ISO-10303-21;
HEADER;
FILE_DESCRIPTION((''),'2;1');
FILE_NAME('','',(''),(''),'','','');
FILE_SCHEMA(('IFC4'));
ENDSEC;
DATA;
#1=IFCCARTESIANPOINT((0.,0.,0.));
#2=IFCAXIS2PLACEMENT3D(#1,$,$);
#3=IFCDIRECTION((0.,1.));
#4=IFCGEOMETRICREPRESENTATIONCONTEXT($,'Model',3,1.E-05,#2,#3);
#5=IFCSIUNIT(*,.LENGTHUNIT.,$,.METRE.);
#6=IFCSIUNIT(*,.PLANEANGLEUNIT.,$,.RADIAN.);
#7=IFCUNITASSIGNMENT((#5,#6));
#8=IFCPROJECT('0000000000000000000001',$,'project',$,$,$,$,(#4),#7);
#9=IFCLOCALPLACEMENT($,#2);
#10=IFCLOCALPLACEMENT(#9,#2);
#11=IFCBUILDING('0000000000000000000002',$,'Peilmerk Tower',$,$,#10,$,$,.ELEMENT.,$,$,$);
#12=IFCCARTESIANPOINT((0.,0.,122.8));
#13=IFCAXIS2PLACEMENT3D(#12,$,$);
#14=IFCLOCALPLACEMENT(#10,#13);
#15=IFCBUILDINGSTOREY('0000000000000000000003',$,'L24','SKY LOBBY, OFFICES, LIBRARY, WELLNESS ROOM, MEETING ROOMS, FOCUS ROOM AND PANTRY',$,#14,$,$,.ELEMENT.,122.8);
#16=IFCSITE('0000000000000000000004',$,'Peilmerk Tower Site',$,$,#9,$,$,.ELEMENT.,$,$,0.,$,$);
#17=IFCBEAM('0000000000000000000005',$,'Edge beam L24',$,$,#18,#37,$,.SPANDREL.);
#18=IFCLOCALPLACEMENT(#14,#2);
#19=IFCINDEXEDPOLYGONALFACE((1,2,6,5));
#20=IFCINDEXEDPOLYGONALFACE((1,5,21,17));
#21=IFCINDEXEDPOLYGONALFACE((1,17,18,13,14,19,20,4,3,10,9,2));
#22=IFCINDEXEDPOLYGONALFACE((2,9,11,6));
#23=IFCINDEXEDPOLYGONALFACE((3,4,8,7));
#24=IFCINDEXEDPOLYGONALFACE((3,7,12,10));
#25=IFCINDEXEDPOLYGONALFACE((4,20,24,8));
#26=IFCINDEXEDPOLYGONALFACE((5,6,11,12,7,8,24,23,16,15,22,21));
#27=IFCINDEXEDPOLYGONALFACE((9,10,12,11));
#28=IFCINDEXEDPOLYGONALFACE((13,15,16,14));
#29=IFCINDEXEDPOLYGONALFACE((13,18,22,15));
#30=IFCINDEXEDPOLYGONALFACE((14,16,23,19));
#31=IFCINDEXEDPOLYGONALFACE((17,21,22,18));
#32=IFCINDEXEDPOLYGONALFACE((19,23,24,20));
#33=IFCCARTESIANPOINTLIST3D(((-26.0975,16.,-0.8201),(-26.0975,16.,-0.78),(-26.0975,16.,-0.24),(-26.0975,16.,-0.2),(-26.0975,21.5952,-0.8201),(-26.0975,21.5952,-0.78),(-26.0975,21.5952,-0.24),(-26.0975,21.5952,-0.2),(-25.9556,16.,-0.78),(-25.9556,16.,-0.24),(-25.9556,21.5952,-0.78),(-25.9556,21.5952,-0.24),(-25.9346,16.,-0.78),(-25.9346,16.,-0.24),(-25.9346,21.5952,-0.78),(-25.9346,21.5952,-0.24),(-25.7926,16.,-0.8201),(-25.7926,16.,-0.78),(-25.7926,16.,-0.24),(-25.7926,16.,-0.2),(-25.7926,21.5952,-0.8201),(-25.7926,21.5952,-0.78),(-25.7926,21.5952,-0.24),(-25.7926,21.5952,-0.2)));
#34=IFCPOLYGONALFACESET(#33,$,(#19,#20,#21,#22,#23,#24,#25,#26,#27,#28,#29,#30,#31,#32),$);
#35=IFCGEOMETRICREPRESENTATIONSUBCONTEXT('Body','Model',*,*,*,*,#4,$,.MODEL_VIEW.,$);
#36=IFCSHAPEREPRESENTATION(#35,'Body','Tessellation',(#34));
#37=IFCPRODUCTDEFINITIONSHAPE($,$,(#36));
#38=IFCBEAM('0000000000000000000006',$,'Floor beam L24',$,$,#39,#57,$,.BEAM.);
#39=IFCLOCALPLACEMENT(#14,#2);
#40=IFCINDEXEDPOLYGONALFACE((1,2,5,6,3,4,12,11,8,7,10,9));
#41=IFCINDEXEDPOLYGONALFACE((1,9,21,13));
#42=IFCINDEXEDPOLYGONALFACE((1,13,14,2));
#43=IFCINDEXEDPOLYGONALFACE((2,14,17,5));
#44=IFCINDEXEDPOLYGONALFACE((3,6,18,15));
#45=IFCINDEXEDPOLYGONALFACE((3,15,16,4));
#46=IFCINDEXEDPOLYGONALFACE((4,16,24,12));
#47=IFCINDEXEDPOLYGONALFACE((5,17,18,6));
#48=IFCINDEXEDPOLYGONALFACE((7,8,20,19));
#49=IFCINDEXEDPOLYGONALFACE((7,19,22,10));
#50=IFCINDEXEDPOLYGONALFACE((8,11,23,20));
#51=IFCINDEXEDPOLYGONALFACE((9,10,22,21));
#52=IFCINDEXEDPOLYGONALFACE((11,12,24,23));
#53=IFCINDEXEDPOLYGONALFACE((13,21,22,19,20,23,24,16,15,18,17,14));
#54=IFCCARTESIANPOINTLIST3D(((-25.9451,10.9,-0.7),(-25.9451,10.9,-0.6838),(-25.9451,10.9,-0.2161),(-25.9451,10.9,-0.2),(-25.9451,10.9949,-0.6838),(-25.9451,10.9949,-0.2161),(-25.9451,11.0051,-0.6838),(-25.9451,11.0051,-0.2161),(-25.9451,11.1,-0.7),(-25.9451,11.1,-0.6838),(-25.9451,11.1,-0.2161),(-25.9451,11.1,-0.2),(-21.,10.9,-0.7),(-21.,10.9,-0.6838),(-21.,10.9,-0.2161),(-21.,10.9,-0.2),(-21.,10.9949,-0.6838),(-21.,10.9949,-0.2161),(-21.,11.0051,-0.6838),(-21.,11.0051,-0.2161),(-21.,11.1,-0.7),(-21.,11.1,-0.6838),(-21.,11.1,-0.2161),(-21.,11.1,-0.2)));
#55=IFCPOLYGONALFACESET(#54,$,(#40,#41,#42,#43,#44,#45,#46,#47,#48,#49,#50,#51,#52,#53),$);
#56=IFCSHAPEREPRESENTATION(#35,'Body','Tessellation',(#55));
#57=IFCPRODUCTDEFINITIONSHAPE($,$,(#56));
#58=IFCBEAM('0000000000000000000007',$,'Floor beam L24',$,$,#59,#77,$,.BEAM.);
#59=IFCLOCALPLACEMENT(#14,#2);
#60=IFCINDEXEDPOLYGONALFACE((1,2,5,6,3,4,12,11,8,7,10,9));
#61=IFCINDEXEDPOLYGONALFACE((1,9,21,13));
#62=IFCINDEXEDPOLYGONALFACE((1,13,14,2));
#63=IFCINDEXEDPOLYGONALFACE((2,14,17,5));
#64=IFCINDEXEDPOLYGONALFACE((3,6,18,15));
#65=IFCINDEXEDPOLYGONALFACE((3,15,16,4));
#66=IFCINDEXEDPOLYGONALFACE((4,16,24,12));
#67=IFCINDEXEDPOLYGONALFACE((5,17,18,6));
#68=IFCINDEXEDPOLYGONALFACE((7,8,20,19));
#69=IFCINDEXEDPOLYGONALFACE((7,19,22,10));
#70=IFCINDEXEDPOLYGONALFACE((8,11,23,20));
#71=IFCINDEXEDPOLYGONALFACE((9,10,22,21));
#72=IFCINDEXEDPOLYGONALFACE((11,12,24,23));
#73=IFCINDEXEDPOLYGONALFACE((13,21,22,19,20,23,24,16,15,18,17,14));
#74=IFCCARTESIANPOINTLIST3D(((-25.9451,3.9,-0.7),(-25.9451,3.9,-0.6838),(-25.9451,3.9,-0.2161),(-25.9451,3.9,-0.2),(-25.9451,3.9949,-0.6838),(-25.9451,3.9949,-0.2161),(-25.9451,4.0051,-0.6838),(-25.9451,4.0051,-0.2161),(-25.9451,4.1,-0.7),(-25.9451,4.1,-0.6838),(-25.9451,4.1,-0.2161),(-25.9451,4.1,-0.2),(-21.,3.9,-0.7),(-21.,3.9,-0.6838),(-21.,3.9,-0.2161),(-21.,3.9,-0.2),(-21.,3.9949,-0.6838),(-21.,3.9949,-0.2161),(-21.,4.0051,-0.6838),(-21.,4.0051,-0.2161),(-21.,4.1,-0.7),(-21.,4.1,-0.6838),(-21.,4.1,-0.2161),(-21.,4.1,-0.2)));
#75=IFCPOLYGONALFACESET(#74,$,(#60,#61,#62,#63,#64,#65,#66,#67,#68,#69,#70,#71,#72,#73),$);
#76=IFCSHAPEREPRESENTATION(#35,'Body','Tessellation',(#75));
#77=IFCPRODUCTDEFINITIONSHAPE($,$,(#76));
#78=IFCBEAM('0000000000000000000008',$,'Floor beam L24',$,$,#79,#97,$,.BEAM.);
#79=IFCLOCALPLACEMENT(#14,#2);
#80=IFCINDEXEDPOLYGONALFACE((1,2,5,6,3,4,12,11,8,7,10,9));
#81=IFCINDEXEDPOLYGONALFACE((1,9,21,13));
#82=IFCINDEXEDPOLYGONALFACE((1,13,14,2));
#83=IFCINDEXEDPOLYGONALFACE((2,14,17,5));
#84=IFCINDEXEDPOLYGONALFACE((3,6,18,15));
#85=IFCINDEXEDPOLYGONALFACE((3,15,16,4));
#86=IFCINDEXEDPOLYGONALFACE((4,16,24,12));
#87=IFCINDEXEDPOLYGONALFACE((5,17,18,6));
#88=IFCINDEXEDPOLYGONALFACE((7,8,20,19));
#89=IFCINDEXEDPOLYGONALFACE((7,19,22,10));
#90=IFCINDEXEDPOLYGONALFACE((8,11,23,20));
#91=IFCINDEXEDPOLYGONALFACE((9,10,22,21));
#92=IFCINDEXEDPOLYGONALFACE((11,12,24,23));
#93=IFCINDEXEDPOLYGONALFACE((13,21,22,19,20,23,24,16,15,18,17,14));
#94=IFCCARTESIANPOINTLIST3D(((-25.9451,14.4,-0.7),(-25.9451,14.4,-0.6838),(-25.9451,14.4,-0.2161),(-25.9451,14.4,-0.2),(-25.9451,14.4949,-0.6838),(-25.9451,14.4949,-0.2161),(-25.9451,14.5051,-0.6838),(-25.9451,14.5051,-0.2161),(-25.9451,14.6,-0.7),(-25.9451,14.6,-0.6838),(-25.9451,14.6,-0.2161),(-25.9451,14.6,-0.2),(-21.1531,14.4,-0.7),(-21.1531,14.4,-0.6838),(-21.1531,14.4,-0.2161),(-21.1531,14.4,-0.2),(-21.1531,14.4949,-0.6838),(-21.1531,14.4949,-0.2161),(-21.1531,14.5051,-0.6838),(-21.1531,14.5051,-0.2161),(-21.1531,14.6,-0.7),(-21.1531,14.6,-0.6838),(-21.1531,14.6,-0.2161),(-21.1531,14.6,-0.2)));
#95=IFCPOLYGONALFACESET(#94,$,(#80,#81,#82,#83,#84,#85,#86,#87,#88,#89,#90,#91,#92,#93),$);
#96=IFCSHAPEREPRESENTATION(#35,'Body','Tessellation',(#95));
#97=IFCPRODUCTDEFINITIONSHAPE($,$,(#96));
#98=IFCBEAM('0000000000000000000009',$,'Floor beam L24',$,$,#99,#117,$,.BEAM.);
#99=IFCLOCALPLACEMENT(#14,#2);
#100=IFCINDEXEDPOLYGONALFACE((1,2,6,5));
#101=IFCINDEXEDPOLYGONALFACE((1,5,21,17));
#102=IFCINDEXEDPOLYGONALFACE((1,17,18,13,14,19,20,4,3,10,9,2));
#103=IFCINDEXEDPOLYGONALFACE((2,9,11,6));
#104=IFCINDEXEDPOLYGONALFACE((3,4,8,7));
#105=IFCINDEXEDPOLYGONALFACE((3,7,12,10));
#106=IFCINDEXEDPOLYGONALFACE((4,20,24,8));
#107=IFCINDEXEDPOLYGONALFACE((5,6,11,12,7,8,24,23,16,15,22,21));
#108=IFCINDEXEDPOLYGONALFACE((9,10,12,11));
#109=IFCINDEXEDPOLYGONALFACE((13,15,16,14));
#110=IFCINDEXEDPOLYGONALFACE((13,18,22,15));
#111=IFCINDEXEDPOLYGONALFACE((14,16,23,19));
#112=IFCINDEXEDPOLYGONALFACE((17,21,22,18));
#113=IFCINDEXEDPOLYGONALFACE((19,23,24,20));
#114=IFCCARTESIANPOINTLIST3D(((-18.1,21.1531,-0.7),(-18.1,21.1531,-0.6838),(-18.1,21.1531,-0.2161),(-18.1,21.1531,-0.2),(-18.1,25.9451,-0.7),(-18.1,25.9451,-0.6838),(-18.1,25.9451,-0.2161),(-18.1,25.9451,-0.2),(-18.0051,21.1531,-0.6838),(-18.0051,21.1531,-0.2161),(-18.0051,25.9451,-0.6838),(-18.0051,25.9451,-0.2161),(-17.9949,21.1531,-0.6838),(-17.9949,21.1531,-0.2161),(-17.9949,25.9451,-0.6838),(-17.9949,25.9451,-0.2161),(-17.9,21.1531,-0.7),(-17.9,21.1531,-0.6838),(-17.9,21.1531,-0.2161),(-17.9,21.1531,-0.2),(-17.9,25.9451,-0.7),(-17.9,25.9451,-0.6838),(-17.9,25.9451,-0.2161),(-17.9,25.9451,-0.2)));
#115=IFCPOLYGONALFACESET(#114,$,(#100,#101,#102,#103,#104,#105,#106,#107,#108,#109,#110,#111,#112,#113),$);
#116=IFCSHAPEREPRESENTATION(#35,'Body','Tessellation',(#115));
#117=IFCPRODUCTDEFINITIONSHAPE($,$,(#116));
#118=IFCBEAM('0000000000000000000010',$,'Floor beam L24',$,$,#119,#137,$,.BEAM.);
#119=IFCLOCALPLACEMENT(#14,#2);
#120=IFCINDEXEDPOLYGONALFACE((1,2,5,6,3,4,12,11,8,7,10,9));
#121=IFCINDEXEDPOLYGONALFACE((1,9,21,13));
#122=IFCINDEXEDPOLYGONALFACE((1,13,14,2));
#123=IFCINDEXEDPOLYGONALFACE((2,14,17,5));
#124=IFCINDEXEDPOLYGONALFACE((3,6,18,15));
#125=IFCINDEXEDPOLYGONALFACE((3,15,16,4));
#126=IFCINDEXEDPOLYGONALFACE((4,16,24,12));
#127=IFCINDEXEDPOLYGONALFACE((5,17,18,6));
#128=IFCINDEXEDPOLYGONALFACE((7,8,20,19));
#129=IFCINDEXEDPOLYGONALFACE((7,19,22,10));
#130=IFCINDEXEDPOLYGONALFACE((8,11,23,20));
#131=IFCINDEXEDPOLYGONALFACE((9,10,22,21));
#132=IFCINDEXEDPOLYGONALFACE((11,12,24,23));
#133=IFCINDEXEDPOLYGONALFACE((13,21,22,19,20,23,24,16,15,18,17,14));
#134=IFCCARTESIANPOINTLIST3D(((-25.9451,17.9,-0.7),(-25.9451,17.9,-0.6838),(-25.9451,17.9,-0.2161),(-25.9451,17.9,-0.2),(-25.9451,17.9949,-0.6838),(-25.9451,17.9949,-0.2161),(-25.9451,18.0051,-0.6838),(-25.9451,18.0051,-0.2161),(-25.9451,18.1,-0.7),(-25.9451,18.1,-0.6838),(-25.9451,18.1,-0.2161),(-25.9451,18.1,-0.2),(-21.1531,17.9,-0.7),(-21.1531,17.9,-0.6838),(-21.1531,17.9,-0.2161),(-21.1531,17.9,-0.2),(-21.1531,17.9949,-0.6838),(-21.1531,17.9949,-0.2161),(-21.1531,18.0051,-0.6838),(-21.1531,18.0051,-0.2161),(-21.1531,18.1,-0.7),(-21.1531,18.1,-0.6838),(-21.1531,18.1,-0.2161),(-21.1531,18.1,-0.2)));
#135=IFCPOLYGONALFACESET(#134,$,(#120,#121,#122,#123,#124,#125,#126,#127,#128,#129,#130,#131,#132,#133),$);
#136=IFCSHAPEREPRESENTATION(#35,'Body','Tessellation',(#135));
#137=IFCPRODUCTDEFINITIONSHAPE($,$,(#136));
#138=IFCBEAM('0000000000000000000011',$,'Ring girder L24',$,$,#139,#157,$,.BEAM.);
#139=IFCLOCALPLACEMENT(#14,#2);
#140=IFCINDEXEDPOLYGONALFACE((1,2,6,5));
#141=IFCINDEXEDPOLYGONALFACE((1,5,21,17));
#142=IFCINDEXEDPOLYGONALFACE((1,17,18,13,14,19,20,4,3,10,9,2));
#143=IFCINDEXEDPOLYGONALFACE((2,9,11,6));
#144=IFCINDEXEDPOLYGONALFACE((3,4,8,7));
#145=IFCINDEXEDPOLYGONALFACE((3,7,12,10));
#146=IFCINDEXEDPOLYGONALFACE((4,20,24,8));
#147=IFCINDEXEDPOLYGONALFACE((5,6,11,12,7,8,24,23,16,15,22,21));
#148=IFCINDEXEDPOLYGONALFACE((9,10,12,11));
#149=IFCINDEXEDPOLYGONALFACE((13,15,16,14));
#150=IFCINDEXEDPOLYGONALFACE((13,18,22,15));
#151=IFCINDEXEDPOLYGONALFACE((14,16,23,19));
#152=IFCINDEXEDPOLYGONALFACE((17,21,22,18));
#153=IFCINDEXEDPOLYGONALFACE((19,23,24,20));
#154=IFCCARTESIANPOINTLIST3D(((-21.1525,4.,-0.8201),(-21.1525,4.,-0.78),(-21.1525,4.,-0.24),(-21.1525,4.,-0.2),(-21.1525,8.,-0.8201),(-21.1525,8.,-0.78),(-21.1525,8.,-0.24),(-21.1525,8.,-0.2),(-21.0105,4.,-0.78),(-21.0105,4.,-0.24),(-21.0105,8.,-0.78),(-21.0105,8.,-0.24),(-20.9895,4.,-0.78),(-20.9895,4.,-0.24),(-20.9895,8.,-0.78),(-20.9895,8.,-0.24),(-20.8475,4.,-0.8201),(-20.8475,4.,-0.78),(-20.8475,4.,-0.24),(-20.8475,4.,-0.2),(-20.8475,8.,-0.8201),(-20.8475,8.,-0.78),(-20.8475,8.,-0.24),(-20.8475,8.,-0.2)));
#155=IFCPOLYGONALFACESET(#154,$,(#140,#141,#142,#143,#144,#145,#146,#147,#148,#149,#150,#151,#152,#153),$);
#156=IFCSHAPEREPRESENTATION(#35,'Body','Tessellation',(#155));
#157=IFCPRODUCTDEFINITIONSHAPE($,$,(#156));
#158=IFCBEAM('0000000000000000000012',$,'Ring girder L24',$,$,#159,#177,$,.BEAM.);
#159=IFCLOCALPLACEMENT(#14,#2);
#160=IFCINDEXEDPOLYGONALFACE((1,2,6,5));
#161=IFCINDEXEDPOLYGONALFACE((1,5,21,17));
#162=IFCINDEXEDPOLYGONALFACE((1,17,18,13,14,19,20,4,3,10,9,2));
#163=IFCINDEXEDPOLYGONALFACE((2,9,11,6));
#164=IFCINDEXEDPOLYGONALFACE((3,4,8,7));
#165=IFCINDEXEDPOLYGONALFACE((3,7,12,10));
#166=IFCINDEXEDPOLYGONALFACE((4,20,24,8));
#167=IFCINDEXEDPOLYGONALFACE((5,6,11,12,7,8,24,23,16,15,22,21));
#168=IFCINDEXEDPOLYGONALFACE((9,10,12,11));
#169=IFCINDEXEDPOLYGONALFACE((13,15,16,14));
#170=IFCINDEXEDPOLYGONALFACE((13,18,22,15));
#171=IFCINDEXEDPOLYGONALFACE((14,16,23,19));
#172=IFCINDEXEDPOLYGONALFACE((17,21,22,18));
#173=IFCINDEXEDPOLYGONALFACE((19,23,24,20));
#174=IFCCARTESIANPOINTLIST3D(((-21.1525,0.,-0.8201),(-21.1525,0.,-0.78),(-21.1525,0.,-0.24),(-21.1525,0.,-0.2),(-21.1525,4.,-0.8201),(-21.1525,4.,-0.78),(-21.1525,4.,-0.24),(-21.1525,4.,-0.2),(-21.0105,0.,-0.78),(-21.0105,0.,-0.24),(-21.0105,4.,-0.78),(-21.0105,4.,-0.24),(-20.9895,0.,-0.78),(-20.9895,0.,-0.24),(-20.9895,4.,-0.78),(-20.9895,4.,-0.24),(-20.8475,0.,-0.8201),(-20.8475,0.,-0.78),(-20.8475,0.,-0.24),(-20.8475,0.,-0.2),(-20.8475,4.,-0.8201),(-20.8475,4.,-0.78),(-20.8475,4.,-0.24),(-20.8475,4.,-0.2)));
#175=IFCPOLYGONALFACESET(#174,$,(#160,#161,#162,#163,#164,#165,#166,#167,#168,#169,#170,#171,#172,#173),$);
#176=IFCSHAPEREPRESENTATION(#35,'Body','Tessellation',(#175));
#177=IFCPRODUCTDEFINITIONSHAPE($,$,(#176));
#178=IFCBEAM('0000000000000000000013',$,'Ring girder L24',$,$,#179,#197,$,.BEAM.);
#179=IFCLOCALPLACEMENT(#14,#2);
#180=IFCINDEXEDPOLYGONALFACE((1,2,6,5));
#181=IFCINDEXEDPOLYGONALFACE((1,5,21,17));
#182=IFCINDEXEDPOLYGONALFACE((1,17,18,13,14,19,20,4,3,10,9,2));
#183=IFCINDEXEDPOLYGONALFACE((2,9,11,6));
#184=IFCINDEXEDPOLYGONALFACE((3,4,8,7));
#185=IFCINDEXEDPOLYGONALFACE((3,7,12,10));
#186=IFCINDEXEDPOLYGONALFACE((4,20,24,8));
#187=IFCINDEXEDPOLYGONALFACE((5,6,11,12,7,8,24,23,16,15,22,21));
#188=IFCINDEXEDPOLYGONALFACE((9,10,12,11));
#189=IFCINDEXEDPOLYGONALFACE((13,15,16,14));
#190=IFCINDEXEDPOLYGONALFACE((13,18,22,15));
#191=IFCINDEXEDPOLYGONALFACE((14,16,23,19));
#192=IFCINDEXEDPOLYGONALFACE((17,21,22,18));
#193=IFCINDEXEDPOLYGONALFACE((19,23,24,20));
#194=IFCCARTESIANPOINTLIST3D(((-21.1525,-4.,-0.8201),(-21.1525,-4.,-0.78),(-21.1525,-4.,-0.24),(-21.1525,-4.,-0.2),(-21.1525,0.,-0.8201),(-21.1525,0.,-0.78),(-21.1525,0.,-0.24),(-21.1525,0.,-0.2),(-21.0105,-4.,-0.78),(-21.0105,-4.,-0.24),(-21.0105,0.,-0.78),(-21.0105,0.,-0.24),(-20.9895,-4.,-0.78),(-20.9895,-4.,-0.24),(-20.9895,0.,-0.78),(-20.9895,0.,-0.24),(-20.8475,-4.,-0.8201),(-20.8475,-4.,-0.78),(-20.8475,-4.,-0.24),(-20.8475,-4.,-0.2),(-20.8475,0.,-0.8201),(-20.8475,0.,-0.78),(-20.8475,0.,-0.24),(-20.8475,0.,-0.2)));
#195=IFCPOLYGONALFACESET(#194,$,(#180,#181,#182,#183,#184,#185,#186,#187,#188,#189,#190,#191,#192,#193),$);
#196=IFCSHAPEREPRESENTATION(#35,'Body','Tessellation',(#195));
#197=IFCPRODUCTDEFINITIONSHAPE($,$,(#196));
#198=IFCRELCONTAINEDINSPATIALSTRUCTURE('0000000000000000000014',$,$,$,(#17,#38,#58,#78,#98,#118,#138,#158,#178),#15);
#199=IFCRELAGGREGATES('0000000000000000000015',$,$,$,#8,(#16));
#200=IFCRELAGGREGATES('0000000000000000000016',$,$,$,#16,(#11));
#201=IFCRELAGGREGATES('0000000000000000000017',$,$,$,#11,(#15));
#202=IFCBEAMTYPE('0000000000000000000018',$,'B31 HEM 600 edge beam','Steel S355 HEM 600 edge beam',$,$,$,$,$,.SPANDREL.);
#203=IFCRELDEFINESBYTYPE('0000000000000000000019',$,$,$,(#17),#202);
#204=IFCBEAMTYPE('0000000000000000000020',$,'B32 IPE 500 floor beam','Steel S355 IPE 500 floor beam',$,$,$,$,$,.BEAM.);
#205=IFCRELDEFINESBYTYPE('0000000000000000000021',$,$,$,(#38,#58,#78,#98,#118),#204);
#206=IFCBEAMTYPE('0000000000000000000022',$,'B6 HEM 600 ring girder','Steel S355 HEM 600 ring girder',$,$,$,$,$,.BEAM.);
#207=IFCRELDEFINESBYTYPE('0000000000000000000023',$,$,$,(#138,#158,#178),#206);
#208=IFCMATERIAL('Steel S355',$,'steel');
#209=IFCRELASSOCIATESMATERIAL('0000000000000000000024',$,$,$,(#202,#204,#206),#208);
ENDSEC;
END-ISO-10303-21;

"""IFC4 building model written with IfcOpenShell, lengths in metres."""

from ifc_helpers import new_model, si_unit, direction, frame, origin, origin_2d, place, context, subcontext, project, spatial, i_section, extrude, material, material_profile, profile_set, type_object, element, save


model = new_model("IFC4")

# Units and contexts
model_context = context("Model", 3, precision=1e-05, world=origin(), true_north=direction((0.0, 1.0)))
body_context = subcontext(model_context, "Body", "Model", "MODEL_VIEW")
ifc_project = project(units=[si_unit("LENGTHUNIT", "METRE"), si_unit("PLANEANGLEUNIT", "RADIAN")], contexts=[model_context])

# Site, building, storey
site_placement = place(None, origin())
site = spatial("IfcSite", under=ifc_project, at=site_placement, Name="Peilmerk Tower Site", CompositionType="ELEMENT", RefElevation=0.0)
building_placement = place(site_placement, origin())
building = spatial("IfcBuilding", under=site, at=building_placement, Name="Peilmerk Tower", CompositionType="ELEMENT")
storey_placement = place(building_placement, frame((0.0, 0.0, 122.8)))
storey = spatial("IfcBuildingStorey", under=building, at=storey_placement, Name="L24", Description="SKY LOBBY, OFFICES, LIBRARY, WELLNESS ROOM, MEETING ROOMS, FOCUS ROOM AND PANTRY", CompositionType="ELEMENT", Elevation=122.8)

# Beams
ifc_material_1 = material(Name="Steel S355", Category="steel")
ifc_material_profile_1 = material_profile(ifc_material_1, i_section(OverallWidth=0.3049, OverallDepth=0.6201, WebThickness=0.021, FlangeThickness=0.04, at=origin_2d()), Name="HEM 600")
ifc_profile_set_1 = profile_set([ifc_material_profile_1], Name="Steel S355")
beam_type_1 = type_object("IfcBeamType", Name="B31 HEM 600 edge beam", Description="Steel S355 HEM 600 edge beam", PredefinedType="SPANDREL", material=ifc_profile_set_1)
beam_1_placement = place(storey_placement, frame((-25.9451, 21.5952, -0.51), z_axis=(0.0, -1.0, 0.0), x_axis=(1.0, 0.0, 0.0)))
element("IfcBeam", 1, at=beam_1_placement, inside=storey, type_object=beam_type_1, Name="Edge beam L24", PredefinedType="SPANDREL", context=body_context, shape_type="SweptSolid", body=[
    extrude(i_section(OverallWidth=0.3049, OverallDepth=0.6201, WebThickness=0.021, FlangeThickness=0.04, at=origin_2d()), origin(), (0.0, 0.0, 1.0), 5.5952),
])
ifc_material_profile_2 = material_profile(ifc_material_1, i_section(OverallWidth=0.2, OverallDepth=0.5, WebThickness=0.0103, FlangeThickness=0.0161, at=origin_2d()), Name="IPE 500")
ifc_profile_set_2 = profile_set([ifc_material_profile_2], Name="Steel S355")
beam_type_2 = type_object("IfcBeamType", Name="B32 IPE 500 floor beam", Description="Steel S355 IPE 500 floor beam", PredefinedType="BEAM", material=ifc_profile_set_2)
for number, where, z_axis, x_axis, name in (
    (2, (-21.0, 11.0, -0.45), (-1.0, 0.0, 0.0), (0.0, -1.0, 0.0), "Floor beam L24"),
    (3, (-21.0, 4.0, -0.45), (-1.0, 0.0, 0.0), (0.0, -1.0, 0.0), "Floor beam L24"),
):
    element("IfcBeam", number, at=place(storey_placement, frame(where, z_axis=z_axis, x_axis=x_axis)), inside=storey, type_object=beam_type_2, Name=name, PredefinedType="BEAM", context=body_context, shape_type="SweptSolid", body=[
        extrude(i_section(OverallWidth=0.2, OverallDepth=0.5, WebThickness=0.0103, FlangeThickness=0.0161, at=origin_2d()), origin(), (0.0, 0.0, 1.0), 4.9451),
    ])
for number, where, z_axis, x_axis, name in (
    (4, (-21.1531, 14.5, -0.45), (-1.0, 0.0, 0.0), (0.0, -1.0, 0.0), "Floor beam L24"),
    (5, (-18.0, 21.1531, -0.45), (0.0, 1.0, 0.0), (-1.0, 0.0, 0.0), "Floor beam L24"),
    (6, (-21.1531, 18.0, -0.45), (-1.0, 0.0, 0.0), (0.0, -1.0, 0.0), "Floor beam L24"),
):
    element("IfcBeam", number, at=place(storey_placement, frame(where, z_axis=z_axis, x_axis=x_axis)), inside=storey, type_object=beam_type_2, Name=name, PredefinedType="BEAM", context=body_context, shape_type="SweptSolid", body=[
        extrude(i_section(OverallWidth=0.2, OverallDepth=0.5, WebThickness=0.0103, FlangeThickness=0.0161, at=origin_2d()), origin(), (0.0, 0.0, 1.0), 4.792),
    ])
ifc_material_profile_3 = material_profile(ifc_material_1, i_section(OverallWidth=0.3049, OverallDepth=0.6201, WebThickness=0.021, FlangeThickness=0.04, at=origin_2d()), Name="HEM 600")
ifc_profile_set_3 = profile_set([ifc_material_profile_3], Name="Steel S355")
beam_type_3 = type_object("IfcBeamType", Name="B6 HEM 600 ring girder", Description="Steel S355 HEM 600 ring girder", PredefinedType="BEAM", material=ifc_profile_set_3)
for number, where, z_axis, x_axis, name in (
    (7, (-21.0, 8.0, -0.51), (0.0, -1.0, 0.0), (1.0, 0.0, 0.0), "Ring girder L24"),
    (8, (-21.0, 4.0, -0.51), (0.0, -1.0, 0.0), (1.0, 0.0, 0.0), "Ring girder L24"),
    (9, (-21.0, 0.0, -0.51), (0.0, -1.0, 0.0), (1.0, 0.0, 0.0), "Ring girder L24"),
):
    element("IfcBeam", number, at=place(storey_placement, frame(where, z_axis=z_axis, x_axis=x_axis)), inside=storey, type_object=beam_type_3, Name=name, PredefinedType="BEAM", context=body_context, shape_type="SweptSolid", body=[
        extrude(i_section(OverallWidth=0.3049, OverallDepth=0.6201, WebThickness=0.021, FlangeThickness=0.04, at=origin_2d()), origin(), (0.0, 0.0, 1.0), 4.0),
    ])

save(model, "model.ifc")
